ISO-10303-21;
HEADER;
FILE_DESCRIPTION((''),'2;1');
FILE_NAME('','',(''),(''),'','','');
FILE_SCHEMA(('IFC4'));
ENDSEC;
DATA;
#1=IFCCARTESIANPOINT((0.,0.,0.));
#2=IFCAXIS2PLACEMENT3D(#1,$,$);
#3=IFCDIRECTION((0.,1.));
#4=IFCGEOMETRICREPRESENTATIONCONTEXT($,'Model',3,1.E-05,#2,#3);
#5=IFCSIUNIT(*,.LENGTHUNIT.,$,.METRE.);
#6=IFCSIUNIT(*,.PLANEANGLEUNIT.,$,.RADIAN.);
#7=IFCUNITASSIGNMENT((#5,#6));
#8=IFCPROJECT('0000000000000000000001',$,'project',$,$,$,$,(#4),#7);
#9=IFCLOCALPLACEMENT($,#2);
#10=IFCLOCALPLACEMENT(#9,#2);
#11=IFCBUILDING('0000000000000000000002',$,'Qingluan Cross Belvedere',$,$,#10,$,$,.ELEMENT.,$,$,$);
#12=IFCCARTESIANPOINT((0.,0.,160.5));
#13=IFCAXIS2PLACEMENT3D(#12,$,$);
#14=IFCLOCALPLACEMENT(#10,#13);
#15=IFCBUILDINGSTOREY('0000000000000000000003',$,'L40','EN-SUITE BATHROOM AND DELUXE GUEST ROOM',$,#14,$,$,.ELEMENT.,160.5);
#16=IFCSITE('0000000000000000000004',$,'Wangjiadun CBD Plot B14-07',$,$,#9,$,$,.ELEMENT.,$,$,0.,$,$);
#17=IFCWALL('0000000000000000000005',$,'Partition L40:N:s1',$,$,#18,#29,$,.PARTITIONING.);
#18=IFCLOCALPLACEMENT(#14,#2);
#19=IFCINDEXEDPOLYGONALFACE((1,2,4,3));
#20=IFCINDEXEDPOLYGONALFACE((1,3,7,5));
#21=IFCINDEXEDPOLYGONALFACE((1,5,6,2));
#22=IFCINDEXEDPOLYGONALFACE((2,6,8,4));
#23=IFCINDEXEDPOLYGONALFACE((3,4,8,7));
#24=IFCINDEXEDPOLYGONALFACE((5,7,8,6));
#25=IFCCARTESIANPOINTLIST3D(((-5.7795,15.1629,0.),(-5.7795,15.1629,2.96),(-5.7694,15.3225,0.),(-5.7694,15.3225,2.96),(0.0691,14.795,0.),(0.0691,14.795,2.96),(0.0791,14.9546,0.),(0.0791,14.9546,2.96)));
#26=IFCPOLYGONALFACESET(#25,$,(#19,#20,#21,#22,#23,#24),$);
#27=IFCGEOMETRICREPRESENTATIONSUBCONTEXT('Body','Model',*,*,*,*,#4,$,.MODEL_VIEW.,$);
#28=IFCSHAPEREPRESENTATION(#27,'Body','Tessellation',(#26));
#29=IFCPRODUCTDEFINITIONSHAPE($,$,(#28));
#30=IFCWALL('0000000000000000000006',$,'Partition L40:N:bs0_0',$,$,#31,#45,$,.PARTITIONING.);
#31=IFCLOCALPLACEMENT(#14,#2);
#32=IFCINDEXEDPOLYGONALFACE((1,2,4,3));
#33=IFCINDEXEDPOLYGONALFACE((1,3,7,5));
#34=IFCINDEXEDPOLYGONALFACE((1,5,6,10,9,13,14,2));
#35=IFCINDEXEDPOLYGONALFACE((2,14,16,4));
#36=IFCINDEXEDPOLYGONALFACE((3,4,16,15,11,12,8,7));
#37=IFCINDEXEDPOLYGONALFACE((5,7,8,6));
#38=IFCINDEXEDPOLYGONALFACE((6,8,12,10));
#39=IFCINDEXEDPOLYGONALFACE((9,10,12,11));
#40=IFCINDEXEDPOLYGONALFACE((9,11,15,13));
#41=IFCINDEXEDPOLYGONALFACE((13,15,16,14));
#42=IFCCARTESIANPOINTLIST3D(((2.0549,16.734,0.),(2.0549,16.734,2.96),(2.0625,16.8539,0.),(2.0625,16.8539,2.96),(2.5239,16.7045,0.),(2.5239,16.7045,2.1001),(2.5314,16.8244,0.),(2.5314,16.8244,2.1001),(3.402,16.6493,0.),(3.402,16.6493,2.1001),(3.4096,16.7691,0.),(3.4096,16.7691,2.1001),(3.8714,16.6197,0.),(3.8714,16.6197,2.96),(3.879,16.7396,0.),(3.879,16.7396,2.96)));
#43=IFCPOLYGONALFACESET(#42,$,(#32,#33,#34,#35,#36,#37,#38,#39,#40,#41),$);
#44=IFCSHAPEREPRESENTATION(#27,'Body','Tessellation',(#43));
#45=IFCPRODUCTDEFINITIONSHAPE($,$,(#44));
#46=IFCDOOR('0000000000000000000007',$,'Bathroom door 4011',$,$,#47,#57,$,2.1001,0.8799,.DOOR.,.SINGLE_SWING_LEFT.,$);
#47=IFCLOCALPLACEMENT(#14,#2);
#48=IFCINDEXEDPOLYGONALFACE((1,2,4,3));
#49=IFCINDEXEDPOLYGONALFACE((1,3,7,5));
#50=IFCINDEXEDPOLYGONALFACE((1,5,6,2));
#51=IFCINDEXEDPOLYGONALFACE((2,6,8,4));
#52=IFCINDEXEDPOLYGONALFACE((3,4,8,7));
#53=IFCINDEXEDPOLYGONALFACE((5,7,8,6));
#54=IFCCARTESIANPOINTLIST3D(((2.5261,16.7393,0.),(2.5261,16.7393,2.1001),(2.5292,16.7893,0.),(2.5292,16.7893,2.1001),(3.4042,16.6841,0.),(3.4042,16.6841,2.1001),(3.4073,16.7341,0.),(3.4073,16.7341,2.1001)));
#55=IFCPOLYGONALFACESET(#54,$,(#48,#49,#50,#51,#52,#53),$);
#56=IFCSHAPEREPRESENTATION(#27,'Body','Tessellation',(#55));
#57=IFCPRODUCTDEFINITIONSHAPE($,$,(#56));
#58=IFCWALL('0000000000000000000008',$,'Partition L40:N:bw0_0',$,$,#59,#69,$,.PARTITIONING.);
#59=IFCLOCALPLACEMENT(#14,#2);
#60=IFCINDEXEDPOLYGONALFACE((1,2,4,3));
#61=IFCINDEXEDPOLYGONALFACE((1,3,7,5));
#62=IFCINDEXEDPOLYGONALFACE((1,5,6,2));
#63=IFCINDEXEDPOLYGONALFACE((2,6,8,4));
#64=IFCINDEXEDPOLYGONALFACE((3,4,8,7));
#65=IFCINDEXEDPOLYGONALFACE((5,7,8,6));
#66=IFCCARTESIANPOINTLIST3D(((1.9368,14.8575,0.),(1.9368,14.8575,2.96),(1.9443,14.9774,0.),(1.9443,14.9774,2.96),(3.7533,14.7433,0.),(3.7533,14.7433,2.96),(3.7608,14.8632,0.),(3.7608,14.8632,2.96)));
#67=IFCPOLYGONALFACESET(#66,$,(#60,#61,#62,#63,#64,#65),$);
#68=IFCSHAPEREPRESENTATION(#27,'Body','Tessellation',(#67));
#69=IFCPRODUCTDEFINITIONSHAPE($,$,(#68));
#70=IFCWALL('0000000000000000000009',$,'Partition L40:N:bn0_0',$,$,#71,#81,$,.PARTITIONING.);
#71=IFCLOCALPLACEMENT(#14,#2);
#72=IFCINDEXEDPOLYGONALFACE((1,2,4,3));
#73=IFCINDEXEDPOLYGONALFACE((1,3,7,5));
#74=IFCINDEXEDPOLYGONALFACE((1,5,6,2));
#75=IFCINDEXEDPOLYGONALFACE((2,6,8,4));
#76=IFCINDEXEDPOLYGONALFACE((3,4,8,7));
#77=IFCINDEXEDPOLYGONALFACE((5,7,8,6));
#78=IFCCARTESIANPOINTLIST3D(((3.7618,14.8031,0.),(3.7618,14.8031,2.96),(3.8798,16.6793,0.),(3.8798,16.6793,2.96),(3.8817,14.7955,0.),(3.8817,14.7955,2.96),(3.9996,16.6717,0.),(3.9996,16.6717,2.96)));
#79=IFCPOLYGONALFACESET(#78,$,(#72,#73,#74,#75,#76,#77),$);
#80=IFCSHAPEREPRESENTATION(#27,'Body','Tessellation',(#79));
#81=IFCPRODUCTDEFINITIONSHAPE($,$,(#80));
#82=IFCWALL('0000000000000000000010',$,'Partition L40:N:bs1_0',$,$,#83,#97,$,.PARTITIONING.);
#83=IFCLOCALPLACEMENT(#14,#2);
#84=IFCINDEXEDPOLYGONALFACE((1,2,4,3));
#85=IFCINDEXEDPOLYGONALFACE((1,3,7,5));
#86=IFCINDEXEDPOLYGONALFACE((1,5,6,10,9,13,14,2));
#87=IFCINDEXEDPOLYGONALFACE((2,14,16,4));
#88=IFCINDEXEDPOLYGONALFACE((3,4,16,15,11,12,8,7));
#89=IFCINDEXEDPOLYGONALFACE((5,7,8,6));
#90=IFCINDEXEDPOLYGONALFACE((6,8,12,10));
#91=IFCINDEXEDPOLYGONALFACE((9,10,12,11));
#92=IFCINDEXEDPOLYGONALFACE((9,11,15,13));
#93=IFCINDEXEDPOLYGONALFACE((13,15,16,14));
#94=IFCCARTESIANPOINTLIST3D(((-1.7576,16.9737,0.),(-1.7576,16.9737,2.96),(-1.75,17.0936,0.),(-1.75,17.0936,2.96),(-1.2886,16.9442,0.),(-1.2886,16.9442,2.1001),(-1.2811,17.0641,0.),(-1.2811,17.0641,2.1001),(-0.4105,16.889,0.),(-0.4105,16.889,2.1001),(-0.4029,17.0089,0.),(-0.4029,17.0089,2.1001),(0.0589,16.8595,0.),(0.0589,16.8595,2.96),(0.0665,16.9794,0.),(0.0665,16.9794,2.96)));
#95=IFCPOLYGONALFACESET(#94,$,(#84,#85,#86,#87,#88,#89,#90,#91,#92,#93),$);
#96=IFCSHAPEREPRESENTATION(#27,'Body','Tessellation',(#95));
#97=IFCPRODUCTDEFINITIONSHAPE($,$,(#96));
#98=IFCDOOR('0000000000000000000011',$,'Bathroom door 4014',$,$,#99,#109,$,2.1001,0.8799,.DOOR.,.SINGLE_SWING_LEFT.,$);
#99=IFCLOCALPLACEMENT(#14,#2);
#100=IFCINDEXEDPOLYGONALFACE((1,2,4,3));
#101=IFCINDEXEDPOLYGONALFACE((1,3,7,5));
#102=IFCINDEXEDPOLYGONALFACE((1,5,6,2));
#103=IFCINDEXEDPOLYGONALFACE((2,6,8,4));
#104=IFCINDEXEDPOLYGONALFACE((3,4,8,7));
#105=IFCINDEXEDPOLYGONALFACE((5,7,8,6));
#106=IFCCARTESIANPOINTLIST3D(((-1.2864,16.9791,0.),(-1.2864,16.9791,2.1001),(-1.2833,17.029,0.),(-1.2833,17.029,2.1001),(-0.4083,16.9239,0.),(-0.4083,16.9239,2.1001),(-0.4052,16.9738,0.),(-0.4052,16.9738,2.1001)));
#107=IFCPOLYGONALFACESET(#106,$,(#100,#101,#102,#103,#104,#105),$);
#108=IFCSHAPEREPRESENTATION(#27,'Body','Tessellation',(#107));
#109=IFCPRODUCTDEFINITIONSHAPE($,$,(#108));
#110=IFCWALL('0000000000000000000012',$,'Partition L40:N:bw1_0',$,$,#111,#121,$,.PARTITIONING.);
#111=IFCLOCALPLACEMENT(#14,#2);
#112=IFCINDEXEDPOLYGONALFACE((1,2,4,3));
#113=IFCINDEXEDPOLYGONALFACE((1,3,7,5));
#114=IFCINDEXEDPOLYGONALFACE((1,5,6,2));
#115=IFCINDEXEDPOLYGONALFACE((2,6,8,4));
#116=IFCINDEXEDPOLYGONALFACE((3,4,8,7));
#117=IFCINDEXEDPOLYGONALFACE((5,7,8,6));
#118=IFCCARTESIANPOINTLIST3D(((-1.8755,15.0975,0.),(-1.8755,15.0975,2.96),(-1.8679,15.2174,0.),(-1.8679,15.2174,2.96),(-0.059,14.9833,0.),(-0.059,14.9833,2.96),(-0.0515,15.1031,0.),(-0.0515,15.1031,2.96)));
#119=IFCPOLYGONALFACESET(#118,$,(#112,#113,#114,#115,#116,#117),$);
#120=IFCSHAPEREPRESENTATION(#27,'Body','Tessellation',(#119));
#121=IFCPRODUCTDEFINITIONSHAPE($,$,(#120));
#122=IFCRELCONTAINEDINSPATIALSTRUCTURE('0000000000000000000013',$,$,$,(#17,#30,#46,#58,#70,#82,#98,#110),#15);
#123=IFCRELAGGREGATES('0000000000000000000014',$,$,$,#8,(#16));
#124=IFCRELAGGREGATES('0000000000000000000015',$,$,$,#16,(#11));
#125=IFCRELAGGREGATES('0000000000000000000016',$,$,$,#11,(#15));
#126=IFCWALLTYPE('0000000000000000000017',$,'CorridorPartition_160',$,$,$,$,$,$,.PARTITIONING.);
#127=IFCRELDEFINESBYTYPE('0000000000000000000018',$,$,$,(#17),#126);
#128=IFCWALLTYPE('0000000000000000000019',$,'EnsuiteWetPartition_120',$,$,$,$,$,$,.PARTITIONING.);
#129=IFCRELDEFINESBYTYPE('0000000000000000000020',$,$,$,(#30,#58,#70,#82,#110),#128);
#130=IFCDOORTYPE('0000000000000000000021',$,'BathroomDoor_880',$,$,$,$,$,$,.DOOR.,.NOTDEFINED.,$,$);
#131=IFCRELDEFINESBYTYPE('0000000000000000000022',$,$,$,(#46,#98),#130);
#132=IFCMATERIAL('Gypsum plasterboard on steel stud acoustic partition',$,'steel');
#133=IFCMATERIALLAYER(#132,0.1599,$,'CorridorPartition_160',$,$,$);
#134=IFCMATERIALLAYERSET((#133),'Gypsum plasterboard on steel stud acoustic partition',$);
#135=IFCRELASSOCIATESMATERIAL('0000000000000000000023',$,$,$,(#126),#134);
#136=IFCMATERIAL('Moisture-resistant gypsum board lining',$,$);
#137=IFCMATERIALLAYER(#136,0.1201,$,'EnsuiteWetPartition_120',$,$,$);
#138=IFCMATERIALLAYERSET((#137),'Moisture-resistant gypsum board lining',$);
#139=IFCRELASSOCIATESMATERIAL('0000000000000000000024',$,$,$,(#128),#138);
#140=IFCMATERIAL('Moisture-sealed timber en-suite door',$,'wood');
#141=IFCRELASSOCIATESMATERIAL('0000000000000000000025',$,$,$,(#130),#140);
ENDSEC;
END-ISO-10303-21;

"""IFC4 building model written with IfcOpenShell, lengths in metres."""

from ifc_helpers import new_model, si_unit, direction, frame, frame_2d, origin, place, context, subcontext, project, spatial, rectangle, extrude, material, layer, layer_set, type_object, element, fill, save


model = new_model("IFC4")

# Units and contexts
model_context = context("Model", 3, precision=1e-05, world=origin(), true_north=direction((0.0, 1.0)))
body_context = subcontext(model_context, "Body", "Model", "MODEL_VIEW")
ifc_project = project(units=[si_unit("LENGTHUNIT", "METRE"), si_unit("PLANEANGLEUNIT", "RADIAN")], contexts=[model_context])

# Site, building, storey
site_placement = place(None, origin())
site = spatial("IfcSite", under=ifc_project, at=site_placement, Name="Wangjiadun CBD Plot B14-07", CompositionType="ELEMENT", RefElevation=0.0)
building_placement = place(site_placement, origin())
building = spatial("IfcBuilding", under=site, at=building_placement, Name="Qingluan Cross Belvedere", CompositionType="ELEMENT")
storey_placement = place(building_placement, frame((0.0, 0.0, 160.5)))
storey = spatial("IfcBuildingStorey", under=building, at=storey_placement, Name="L40", Description="EN-SUITE BATHROOM AND DELUXE GUEST ROOM", CompositionType="ELEMENT", Elevation=160.5)

# Shared definitions
ifc_material_1 = material(Name="Gypsum plasterboard on steel stud acoustic partition", Category="steel")
ifc_layer_1 = layer(ifc_material_1, 0.1599, Name="CorridorPartition_160")
ifc_layer_set_1 = layer_set([ifc_layer_1], Name="Gypsum plasterboard on steel stud acoustic partition")
wall_type_1 = type_object("IfcWallType", Name="CorridorPartition_160", PredefinedType="PARTITIONING", material=ifc_layer_set_1)

# Wall
wall_1_placement = place(storey_placement, frame((0.0742, 14.8748, 0.0), z_axis=(0.0, 0.0, 1.0), x_axis=(-0.998027, 0.062783, 0.0)))
element("IfcWall", 1, at=wall_1_placement, inside=storey, type_object=wall_type_1, Name="Partition L40:N:s1", PredefinedType="PARTITIONING", context=body_context, shape_type="SweptSolid", body=[
    extrude(rectangle(XDim=5.8601, YDim=0.1599, at=frame_2d((2.9302, 0.0))), origin(), (0.0, 0.0, 1.0), 2.96),
])

# Wall, opening, door
ifc_material_2 = material(Name="Moisture-resistant gypsum board lining")
ifc_layer_2 = layer(ifc_material_2, 0.1201, Name="EnsuiteWetPartition_120")
ifc_layer_set_2 = layer_set([ifc_layer_2], Name="Moisture-resistant gypsum board lining")
wall_type_2 = type_object("IfcWallType", Name="EnsuiteWetPartition_120", PredefinedType="PARTITIONING", material=ifc_layer_set_2)
wall_2_placement = place(storey_placement, frame((2.0586, 16.7939, 0.0), z_axis=(0.0, 0.0, 1.0), x_axis=(0.998027, -0.062779, 0.0)))
wall_2 = element("IfcWall", 2, at=wall_2_placement, inside=storey, type_object=wall_type_2, Name="Partition L40:N:bs0_0", PredefinedType="PARTITIONING", context=body_context, shape_type="SweptSolid", body=[
    extrude(rectangle(XDim=1.8201, YDim=0.1201, at=frame_2d((0.9102, 0.0))), origin(), (0.0, 0.0, 1.0), 2.96),
])
opening_1_placement = place(wall_2_placement, frame((0.47, 0.0, 0.0)))
opening_1 = element("IfcOpeningElement", 3, at=opening_1_placement, cuts=wall_2, PredefinedType="OPENING", context=body_context, shape_type="SweptSolid", body=[
    extrude(rectangle(XDim=0.8799, YDim=2.1001, at=frame_2d((0.4399, 1.05))), frame((0.0, 0.0701, 0.0), z_axis=(0.0, -1.0, 0.0), x_axis=(1.0, 0.0, 0.0)), (0.0, 0.0, 1.0), 0.1401),
])
ifc_material_3 = material(Name="Moisture-sealed timber en-suite door", Category="wood")
door_type_1 = type_object("IfcDoorType", Name="BathroomDoor_880", OperationType="NOTDEFINED", PredefinedType="DOOR", material=ifc_material_3)
door_1_placement = place(opening_1_placement, origin())
door_1 = element("IfcDoor", 4, at=door_1_placement, inside=storey, type_object=door_type_1, Name="Bathroom door 4011", OperationType="SINGLE_SWING_LEFT", OverallHeight=2.1001, OverallWidth=0.8799, PredefinedType="DOOR", context=body_context, shape_type="SweptSolid", body=[
    extrude(rectangle(XDim=0.8799, YDim=2.1001, at=frame_2d((0.4399, 1.05))), frame((0.0, 0.0249, 0.0), z_axis=(0.0, -1.0, 0.0), x_axis=(1.0, 0.0, 0.0)), (0.0, 0.0, 1.0), 0.05),
])
fill(opening_1, door_1)

# Walls
wall_3_placement = place(storey_placement, frame((1.9404, 14.9175, 0.0), z_axis=(0.0, 0.0, 1.0), x_axis=(0.998027, -0.062779, 0.0)))
element("IfcWall", 5, at=wall_3_placement, inside=storey, type_object=wall_type_2, Name="Partition L40:N:bw0_0", PredefinedType="PARTITIONING", context=body_context, shape_type="SweptSolid", body=[
    extrude(rectangle(XDim=1.8201, YDim=0.1201, at=frame_2d((0.9102, 0.0))), origin(), (0.0, 0.0, 1.0), 2.96),
])
wall_4_placement = place(storey_placement, frame((3.8218, 14.7993, 0.0), z_axis=(0.0, 0.0, 1.0), x_axis=(0.062726, 0.998031, 0.0)))
element("IfcWall", 6, at=wall_4_placement, inside=storey, type_object=wall_type_2, Name="Partition L40:N:bn0_0", PredefinedType="PARTITIONING", context=body_context, shape_type="SweptSolid", body=[
    extrude(rectangle(XDim=1.8799, YDim=0.1201, at=frame_2d((0.9399, 0.0))), origin(), (0.0, 0.0, 1.0), 2.96),
])

# Wall, opening, door
wall_5_placement = place(storey_placement, frame((-1.7539, 17.0337, 0.0), z_axis=(0.0, 0.0, 1.0), x_axis=(0.998027, -0.062779, 0.0)))
wall_5 = element("IfcWall", 7, at=wall_5_placement, inside=storey, type_object=wall_type_2, Name="Partition L40:N:bs1_0", PredefinedType="PARTITIONING", context=body_context, shape_type="SweptSolid", body=[
    extrude(rectangle(XDim=1.8201, YDim=0.1201, at=frame_2d((0.9102, 0.0))), origin(), (0.0, 0.0, 1.0), 2.96),
])
opening_2_placement = place(wall_5_placement, frame((0.47, 0.0, 0.0)))
opening_2 = element("IfcOpeningElement", 8, at=opening_2_placement, cuts=wall_5, PredefinedType="OPENING", context=body_context, shape_type="SweptSolid", body=[
    extrude(rectangle(XDim=0.8799, YDim=2.1001, at=frame_2d((0.4399, 1.05))), frame((0.0, 0.0701, 0.0), z_axis=(0.0, -1.0, 0.0), x_axis=(1.0, 0.0, 0.0)), (0.0, 0.0, 1.0), 0.1401),
])
door_2_placement = place(opening_2_placement, origin())
door_2 = element("IfcDoor", 9, at=door_2_placement, inside=storey, type_object=door_type_1, Name="Bathroom door 4014", OperationType="SINGLE_SWING_LEFT", OverallHeight=2.1001, OverallWidth=0.8799, PredefinedType="DOOR", context=body_context, shape_type="SweptSolid", body=[
    extrude(rectangle(XDim=0.8799, YDim=2.1001, at=frame_2d((0.4399, 1.05))), frame((0.0, 0.0249, 0.0), z_axis=(0.0, -1.0, 0.0), x_axis=(1.0, 0.0, 0.0)), (0.0, 0.0, 1.0), 0.05),
])
fill(opening_2, door_2)

# Wall
wall_6_placement = place(storey_placement, frame((-1.8718, 15.1575, 0.0), z_axis=(0.0, 0.0, 1.0), x_axis=(0.998027, -0.062779, 0.0)))
element("IfcWall", 10, at=wall_6_placement, inside=storey, type_object=wall_type_2, Name="Partition L40:N:bw1_0", PredefinedType="PARTITIONING", context=body_context, shape_type="SweptSolid", body=[
    extrude(rectangle(XDim=1.8201, YDim=0.1201, at=frame_2d((0.9102, 0.0))), origin(), (0.0, 0.0, 1.0), 2.96),
])

save(model, "model.ifc")
